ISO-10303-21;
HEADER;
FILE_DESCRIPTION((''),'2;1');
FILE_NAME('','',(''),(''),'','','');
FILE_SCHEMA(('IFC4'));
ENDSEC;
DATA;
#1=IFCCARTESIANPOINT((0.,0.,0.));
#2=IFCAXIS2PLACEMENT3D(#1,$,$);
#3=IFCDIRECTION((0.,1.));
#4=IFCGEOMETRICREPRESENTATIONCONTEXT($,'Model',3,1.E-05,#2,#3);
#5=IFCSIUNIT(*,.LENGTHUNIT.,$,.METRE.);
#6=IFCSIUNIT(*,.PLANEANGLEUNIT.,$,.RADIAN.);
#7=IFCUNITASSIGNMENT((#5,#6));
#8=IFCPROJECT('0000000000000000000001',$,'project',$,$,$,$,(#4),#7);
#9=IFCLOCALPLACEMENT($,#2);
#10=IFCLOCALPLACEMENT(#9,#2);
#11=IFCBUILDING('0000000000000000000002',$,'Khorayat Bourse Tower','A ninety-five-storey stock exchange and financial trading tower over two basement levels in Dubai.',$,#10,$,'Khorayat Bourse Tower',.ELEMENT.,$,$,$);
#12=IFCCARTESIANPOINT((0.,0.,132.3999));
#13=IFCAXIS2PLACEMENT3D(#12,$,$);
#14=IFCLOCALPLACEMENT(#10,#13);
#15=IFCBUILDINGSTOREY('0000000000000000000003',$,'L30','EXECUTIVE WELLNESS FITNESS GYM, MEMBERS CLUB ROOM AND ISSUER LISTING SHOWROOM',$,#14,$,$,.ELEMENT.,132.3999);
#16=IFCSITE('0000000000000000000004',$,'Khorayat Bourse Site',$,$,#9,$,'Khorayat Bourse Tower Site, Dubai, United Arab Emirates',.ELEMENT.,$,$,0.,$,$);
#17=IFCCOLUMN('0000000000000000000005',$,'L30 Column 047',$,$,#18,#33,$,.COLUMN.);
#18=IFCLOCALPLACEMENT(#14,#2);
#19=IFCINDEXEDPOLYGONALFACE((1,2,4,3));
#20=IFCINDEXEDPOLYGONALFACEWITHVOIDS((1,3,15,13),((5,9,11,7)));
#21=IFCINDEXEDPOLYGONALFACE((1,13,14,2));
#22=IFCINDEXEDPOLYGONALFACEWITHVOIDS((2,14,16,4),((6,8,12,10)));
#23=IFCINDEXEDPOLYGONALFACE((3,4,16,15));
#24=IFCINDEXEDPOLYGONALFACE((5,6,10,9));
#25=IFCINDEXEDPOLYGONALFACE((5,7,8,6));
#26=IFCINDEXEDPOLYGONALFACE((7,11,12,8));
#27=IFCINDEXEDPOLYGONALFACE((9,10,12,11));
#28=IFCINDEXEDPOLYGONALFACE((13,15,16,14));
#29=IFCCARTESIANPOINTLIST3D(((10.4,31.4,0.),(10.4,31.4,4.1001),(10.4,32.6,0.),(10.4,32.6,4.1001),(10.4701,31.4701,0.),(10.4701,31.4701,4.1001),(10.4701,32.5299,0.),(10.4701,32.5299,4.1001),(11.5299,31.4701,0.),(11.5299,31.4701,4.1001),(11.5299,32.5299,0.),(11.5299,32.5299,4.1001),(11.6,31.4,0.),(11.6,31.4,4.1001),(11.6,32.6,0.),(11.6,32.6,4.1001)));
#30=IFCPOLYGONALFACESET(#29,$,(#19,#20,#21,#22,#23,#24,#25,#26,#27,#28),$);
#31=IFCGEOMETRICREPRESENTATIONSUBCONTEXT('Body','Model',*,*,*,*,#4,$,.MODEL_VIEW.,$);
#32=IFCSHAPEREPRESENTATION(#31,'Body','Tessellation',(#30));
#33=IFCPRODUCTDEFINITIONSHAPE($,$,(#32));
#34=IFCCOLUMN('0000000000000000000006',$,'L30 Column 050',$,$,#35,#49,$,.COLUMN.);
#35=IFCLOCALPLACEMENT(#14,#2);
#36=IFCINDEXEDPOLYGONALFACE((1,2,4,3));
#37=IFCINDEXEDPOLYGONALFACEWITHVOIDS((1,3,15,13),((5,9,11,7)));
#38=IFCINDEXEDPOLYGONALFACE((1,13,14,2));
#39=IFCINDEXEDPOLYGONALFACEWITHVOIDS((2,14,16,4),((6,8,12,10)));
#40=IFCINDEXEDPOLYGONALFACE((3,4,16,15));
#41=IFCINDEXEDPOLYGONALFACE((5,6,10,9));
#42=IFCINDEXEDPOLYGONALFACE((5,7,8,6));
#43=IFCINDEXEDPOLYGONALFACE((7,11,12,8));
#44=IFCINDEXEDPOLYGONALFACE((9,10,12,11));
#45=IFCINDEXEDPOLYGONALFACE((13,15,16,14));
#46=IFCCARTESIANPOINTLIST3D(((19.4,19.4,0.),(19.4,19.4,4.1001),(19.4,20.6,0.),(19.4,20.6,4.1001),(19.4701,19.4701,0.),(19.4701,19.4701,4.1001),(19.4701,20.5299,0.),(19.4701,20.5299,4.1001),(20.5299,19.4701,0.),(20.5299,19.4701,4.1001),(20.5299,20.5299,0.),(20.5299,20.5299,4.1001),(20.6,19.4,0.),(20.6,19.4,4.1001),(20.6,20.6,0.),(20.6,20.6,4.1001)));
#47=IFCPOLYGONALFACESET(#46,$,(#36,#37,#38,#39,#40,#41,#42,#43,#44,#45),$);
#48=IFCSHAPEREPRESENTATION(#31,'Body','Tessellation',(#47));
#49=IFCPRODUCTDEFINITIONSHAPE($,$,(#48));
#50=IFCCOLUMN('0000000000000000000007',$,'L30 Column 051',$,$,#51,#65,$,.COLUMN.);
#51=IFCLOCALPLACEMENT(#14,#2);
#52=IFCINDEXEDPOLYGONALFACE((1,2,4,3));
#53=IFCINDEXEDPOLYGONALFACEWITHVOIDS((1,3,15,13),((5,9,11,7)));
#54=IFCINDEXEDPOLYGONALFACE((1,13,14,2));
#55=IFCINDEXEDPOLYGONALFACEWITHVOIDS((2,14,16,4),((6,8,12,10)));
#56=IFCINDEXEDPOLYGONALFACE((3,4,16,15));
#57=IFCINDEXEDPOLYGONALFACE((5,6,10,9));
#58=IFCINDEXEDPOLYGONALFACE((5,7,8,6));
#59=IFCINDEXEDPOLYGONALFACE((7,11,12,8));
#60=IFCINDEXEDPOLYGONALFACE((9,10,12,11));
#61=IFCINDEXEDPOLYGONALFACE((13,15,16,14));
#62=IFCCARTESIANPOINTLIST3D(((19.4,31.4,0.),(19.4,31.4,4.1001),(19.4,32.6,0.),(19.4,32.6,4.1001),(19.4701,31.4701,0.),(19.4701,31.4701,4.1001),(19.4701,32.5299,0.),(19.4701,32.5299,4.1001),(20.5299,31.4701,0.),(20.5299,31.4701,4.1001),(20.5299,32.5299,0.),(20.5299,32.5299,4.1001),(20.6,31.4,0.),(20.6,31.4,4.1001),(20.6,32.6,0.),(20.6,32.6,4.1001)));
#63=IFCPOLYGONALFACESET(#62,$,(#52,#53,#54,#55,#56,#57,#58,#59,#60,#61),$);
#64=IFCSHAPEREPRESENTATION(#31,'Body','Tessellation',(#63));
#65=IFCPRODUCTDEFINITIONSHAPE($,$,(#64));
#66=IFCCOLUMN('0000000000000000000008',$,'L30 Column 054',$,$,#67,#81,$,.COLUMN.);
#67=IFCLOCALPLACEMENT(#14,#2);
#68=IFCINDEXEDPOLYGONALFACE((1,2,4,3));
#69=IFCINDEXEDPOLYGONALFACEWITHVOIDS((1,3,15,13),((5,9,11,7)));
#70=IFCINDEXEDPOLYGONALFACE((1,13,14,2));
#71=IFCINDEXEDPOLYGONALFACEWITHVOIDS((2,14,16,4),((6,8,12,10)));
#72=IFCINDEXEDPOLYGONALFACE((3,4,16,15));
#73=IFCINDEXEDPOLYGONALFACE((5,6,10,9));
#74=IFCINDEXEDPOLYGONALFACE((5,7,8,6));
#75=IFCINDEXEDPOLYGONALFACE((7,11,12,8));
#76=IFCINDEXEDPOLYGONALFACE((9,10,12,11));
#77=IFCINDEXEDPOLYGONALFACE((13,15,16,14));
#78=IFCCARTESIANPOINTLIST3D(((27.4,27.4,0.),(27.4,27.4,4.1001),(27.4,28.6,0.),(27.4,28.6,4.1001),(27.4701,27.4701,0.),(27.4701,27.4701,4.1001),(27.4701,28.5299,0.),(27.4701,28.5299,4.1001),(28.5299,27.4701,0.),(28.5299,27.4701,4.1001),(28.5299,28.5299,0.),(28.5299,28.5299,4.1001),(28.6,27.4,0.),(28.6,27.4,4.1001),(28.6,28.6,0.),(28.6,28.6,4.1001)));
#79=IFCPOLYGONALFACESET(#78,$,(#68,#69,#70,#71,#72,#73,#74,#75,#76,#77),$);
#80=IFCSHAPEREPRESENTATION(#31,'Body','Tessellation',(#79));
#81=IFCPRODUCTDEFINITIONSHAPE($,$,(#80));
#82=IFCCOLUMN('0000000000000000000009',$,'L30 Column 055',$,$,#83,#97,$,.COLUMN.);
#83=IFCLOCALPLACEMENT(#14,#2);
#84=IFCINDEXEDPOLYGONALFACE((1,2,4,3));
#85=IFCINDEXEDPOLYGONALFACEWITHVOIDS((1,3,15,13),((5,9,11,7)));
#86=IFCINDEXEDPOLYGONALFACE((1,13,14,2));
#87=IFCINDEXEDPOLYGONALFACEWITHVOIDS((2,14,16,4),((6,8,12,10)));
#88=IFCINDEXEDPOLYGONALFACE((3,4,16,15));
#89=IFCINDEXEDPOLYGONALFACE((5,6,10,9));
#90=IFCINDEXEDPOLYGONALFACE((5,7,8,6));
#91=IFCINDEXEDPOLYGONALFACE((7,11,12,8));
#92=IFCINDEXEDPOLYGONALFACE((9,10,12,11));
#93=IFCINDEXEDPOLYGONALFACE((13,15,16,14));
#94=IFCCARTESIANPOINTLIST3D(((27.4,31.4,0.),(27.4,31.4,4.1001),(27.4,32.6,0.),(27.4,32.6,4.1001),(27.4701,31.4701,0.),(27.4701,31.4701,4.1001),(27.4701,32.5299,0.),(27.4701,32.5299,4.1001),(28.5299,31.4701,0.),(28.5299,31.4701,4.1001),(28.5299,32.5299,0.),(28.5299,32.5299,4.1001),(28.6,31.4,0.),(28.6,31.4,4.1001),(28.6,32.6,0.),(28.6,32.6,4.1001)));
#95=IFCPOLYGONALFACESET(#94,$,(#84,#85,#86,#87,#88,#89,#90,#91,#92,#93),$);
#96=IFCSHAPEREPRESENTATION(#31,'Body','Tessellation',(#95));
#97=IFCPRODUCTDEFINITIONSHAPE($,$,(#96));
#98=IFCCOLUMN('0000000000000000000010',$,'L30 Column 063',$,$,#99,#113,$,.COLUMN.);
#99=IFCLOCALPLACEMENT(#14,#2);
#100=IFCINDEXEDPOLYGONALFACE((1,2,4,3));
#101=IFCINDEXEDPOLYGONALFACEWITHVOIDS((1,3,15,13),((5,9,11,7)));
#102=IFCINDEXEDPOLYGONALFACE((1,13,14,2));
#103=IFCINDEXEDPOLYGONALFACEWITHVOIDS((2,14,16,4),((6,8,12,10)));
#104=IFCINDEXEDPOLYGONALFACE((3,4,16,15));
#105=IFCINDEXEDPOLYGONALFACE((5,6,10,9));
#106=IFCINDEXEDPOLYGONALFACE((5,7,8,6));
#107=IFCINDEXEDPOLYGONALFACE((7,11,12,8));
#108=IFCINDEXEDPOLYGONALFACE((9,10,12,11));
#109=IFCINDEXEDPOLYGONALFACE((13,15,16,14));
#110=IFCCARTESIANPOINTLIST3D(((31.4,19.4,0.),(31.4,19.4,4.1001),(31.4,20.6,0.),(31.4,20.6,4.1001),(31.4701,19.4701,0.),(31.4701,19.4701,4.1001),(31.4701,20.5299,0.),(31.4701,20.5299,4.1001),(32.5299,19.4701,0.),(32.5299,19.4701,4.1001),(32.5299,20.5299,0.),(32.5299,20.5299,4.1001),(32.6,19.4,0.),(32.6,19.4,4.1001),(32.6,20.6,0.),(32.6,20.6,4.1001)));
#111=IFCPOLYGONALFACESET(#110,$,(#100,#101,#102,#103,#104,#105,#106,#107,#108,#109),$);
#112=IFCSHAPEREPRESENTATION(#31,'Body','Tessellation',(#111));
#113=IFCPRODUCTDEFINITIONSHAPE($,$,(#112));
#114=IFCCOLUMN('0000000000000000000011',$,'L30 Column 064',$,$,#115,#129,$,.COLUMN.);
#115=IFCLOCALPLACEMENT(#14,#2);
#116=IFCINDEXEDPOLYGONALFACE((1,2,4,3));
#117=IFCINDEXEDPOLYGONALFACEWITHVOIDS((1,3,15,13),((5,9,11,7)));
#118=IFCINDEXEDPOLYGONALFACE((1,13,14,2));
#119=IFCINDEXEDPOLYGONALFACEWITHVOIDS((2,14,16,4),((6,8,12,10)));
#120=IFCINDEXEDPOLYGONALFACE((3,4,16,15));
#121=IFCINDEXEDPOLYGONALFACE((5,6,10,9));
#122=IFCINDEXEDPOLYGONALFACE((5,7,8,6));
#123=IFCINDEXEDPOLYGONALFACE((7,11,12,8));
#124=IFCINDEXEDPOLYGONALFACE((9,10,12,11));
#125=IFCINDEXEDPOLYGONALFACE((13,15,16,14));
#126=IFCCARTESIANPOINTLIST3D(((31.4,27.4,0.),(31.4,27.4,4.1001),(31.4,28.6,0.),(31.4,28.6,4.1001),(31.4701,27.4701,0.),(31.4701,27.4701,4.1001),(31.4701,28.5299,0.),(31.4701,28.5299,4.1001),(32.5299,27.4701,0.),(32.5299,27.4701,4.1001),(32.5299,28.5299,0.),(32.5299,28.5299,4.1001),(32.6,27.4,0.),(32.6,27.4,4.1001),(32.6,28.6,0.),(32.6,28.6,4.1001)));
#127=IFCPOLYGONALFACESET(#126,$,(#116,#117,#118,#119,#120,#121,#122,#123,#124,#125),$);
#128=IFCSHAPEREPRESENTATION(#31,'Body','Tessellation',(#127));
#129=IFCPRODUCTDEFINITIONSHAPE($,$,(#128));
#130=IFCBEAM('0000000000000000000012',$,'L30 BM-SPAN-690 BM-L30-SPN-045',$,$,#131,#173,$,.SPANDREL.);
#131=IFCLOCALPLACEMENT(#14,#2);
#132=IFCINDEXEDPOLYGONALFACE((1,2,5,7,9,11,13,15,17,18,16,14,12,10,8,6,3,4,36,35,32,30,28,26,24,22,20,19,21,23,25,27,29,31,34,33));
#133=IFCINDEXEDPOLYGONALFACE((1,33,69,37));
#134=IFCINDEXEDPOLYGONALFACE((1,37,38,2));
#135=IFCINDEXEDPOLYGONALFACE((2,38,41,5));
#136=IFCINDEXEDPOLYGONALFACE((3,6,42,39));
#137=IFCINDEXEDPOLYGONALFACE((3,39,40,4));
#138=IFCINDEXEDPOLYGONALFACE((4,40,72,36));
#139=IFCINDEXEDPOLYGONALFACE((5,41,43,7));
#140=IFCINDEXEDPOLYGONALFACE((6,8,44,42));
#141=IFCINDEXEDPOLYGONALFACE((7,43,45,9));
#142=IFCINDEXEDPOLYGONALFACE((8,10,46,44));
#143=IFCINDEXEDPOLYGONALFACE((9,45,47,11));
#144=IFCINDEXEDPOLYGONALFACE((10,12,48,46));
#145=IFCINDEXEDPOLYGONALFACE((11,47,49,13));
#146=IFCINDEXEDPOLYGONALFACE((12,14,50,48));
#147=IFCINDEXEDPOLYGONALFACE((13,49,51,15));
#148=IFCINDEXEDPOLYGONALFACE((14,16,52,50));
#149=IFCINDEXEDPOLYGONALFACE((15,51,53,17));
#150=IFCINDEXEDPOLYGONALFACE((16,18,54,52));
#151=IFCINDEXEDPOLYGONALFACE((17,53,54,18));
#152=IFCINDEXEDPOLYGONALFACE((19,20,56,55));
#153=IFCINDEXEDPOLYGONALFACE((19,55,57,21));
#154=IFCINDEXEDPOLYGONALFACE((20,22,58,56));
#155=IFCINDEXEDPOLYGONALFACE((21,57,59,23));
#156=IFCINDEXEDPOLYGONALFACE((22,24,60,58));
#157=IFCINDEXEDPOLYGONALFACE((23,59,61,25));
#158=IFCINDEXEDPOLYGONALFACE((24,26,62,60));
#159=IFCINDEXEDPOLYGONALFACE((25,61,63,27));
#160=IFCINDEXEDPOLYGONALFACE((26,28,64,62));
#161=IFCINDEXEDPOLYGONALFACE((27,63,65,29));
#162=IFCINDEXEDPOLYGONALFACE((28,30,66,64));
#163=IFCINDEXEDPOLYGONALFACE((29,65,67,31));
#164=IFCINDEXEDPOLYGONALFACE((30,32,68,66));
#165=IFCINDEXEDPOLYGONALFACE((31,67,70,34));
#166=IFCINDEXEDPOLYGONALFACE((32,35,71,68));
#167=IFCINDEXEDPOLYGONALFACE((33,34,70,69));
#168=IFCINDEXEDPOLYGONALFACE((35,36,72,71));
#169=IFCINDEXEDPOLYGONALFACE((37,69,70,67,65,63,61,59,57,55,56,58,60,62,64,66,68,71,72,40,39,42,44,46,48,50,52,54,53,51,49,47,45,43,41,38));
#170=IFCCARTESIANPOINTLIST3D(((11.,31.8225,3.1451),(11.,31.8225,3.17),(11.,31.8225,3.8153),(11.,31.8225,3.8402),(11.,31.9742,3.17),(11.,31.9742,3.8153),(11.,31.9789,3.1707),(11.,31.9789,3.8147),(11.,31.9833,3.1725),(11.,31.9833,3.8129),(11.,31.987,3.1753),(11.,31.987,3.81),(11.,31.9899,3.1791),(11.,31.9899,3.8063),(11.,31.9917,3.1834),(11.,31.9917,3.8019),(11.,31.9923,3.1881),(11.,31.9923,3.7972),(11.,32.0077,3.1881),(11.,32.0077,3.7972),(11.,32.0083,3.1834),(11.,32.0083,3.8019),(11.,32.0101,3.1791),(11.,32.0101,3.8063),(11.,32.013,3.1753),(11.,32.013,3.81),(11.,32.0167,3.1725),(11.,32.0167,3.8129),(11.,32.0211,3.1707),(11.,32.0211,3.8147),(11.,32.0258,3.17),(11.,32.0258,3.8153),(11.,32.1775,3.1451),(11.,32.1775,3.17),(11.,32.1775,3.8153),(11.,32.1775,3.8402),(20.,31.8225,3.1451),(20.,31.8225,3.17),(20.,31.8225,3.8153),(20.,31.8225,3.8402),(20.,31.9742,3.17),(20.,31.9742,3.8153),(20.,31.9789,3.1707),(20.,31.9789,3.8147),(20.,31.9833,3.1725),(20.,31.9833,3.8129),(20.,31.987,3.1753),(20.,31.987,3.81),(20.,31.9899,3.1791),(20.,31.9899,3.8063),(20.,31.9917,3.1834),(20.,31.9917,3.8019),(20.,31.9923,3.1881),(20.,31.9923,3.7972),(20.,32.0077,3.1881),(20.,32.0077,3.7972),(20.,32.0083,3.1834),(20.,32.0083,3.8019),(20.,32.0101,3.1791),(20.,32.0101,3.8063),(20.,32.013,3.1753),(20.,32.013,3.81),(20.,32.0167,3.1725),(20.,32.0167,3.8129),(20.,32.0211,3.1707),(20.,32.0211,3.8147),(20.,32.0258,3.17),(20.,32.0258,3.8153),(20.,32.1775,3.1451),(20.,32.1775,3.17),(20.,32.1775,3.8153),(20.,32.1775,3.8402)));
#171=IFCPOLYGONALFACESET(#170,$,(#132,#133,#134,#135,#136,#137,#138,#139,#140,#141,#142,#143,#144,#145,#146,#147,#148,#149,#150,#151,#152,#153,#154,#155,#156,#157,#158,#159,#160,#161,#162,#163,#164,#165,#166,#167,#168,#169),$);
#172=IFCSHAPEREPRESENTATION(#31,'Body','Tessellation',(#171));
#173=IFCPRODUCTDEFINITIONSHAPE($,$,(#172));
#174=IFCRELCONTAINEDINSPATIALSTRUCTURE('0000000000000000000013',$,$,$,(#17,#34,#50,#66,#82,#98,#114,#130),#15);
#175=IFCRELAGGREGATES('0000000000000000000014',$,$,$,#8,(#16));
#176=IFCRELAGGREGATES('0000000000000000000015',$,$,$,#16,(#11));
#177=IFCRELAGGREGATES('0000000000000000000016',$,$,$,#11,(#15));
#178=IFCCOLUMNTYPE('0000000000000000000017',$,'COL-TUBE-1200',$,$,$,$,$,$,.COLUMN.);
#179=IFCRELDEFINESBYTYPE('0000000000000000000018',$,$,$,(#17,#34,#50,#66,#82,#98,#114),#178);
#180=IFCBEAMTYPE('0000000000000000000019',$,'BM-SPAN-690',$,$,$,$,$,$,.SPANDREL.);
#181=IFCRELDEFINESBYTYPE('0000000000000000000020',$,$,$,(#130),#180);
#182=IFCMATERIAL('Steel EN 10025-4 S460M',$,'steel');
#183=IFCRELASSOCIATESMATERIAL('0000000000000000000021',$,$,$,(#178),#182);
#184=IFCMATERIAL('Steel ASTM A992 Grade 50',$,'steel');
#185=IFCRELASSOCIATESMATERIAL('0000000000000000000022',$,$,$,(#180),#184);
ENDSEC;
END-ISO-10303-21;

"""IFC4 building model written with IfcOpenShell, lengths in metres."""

from ifc_helpers import new_model, si_unit, direction, frame, origin, origin_2d, place, context, subcontext, project, spatial, hollow_rectangle, i_section, extrude, source, transform, mapped, material, material_profile, profile_set, type_object, element, save


model = new_model("IFC4")

# Units and contexts
model_context = context("Model", 3, precision=1e-05, world=origin(), true_north=direction((0.0, 1.0)))
body_context = subcontext(model_context, "Body", "Model", "MODEL_VIEW")
ifc_project = project(units=[si_unit("LENGTHUNIT", "METRE"), si_unit("PLANEANGLEUNIT", "RADIAN")], contexts=[model_context])

# Site, building, storey
site_placement = place(None, origin())
site = spatial("IfcSite", under=ifc_project, at=site_placement, Name="Khorayat Bourse Site", LongName="Khorayat Bourse Tower Site, Dubai, United Arab Emirates", CompositionType="ELEMENT", RefElevation=0.0)
building_placement = place(site_placement, origin())
building = spatial("IfcBuilding", under=site, at=building_placement, Name="Khorayat Bourse Tower", Description="A ninety-five-storey stock exchange and financial trading tower over two basement levels in Dubai.", LongName="Khorayat Bourse Tower", CompositionType="ELEMENT")
storey_placement = place(building_placement, frame((0.0, 0.0, 132.3999)))
storey = spatial("IfcBuildingStorey", under=building, at=storey_placement, Name="L30", Description="EXECUTIVE WELLNESS FITNESS GYM, MEMBERS CLUB ROOM AND ISSUER LISTING SHOWROOM", CompositionType="ELEMENT", Elevation=132.3999)

# Columns
ifc_material_1 = material(Name="Steel EN 10025-4 S460M", Category="steel")
ifc_material_profile_1 = material_profile(ifc_material_1, hollow_rectangle(XDim=1.2, YDim=1.2, WallThickness=0.0701, at=origin_2d()), Name="BOX 1200x1200x70")
ifc_profile_set_1 = profile_set([ifc_material_profile_1], Name="Steel EN 10025-4 S460M")
column_type = type_object("IfcColumnType", Name="COL-TUBE-1200", PredefinedType="COLUMN", material=ifc_profile_set_1)
shared_shape_1 = source(origin(), body_context, "Body", "SweptSolid", [
    extrude(hollow_rectangle(XDim=1.2, YDim=1.2, WallThickness=0.0701, at=origin_2d()), origin(), (0.0, 0.0, 1.0), 4.1001),
])
for number, where, z_axis, x_axis, name in (
    (1, (11.0, 32.0, 0.0), (0.0, 0.0, 1.0), (1.0, 0.0, 0.0), "L30 Column 047"),
    (2, (20.0, 20.0, 0.0), (0.0, 0.0, 1.0), (1.0, 0.0, 0.0), "L30 Column 050"),
    (3, (20.0, 32.0, 0.0), (0.0, 0.0, 1.0), (1.0, 0.0, 0.0), "L30 Column 051"),
    (4, (28.0, 28.0, 0.0), (0.0, 0.0, 1.0), (1.0, 0.0, 0.0), "L30 Column 054"),
    (5, (28.0, 32.0, 0.0), (0.0, 0.0, 1.0), (1.0, 0.0, 0.0), "L30 Column 055"),
    (6, (32.0, 20.0, 0.0), (0.0, 0.0, 1.0), (1.0, 0.0, 0.0), "L30 Column 063"),
    (7, (32.0, 28.0, 0.0), (0.0, 0.0, 1.0), (1.0, 0.0, 0.0), "L30 Column 064"),
):
    element("IfcColumn", number, at=place(storey_placement, frame(where, z_axis=z_axis, x_axis=x_axis)), inside=storey, type_object=column_type, Name=name, PredefinedType="COLUMN", context=body_context, shape_type="MappedRepresentation", body=[
        mapped(shared_shape_1, transform((0.0, 0.0, 0.0), scale=1.0)),
    ])

# Beam
ifc_material_2 = material(Name="Steel ASTM A992 Grade 50", Category="steel")
ifc_material_profile_2 = material_profile(ifc_material_2, i_section(OverallWidth=0.355, OverallDepth=0.6951, WebThickness=0.0154, FlangeThickness=0.0249, FilletRadius=0.0181, at=origin_2d()), Name="W690X217")
ifc_profile_set_2 = profile_set([ifc_material_profile_2], Name="Steel ASTM A992 Grade 50")
beam_type_1 = type_object("IfcBeamType", Name="BM-SPAN-690", PredefinedType="SPANDREL", material=ifc_profile_set_2)
shared_shape_2 = source(origin(), body_context, "Body", "SweptSolid", [
    extrude(i_section(OverallWidth=0.355, OverallDepth=0.6951, WebThickness=0.0154, FlangeThickness=0.0249, FilletRadius=0.0181, at=origin_2d()), origin(), (0.0, 0.0, 1.0), 9.0),
])
beam_1_placement = place(storey_placement, frame((11.0, 32.0, 3.4927), z_axis=(1.0, 0.0, 0.0), x_axis=(0.0, 1.0, 0.0)))
element("IfcBeam", 8, at=beam_1_placement, inside=storey, type_object=beam_type_1, Name="L30 BM-SPAN-690 BM-L30-SPN-045", PredefinedType="SPANDREL", context=body_context, shape_type="MappedRepresentation", body=[
    mapped(shared_shape_2, transform((0.0, 0.0, 0.0), scale=1.0)),
])

save(model, "model.ifc")
